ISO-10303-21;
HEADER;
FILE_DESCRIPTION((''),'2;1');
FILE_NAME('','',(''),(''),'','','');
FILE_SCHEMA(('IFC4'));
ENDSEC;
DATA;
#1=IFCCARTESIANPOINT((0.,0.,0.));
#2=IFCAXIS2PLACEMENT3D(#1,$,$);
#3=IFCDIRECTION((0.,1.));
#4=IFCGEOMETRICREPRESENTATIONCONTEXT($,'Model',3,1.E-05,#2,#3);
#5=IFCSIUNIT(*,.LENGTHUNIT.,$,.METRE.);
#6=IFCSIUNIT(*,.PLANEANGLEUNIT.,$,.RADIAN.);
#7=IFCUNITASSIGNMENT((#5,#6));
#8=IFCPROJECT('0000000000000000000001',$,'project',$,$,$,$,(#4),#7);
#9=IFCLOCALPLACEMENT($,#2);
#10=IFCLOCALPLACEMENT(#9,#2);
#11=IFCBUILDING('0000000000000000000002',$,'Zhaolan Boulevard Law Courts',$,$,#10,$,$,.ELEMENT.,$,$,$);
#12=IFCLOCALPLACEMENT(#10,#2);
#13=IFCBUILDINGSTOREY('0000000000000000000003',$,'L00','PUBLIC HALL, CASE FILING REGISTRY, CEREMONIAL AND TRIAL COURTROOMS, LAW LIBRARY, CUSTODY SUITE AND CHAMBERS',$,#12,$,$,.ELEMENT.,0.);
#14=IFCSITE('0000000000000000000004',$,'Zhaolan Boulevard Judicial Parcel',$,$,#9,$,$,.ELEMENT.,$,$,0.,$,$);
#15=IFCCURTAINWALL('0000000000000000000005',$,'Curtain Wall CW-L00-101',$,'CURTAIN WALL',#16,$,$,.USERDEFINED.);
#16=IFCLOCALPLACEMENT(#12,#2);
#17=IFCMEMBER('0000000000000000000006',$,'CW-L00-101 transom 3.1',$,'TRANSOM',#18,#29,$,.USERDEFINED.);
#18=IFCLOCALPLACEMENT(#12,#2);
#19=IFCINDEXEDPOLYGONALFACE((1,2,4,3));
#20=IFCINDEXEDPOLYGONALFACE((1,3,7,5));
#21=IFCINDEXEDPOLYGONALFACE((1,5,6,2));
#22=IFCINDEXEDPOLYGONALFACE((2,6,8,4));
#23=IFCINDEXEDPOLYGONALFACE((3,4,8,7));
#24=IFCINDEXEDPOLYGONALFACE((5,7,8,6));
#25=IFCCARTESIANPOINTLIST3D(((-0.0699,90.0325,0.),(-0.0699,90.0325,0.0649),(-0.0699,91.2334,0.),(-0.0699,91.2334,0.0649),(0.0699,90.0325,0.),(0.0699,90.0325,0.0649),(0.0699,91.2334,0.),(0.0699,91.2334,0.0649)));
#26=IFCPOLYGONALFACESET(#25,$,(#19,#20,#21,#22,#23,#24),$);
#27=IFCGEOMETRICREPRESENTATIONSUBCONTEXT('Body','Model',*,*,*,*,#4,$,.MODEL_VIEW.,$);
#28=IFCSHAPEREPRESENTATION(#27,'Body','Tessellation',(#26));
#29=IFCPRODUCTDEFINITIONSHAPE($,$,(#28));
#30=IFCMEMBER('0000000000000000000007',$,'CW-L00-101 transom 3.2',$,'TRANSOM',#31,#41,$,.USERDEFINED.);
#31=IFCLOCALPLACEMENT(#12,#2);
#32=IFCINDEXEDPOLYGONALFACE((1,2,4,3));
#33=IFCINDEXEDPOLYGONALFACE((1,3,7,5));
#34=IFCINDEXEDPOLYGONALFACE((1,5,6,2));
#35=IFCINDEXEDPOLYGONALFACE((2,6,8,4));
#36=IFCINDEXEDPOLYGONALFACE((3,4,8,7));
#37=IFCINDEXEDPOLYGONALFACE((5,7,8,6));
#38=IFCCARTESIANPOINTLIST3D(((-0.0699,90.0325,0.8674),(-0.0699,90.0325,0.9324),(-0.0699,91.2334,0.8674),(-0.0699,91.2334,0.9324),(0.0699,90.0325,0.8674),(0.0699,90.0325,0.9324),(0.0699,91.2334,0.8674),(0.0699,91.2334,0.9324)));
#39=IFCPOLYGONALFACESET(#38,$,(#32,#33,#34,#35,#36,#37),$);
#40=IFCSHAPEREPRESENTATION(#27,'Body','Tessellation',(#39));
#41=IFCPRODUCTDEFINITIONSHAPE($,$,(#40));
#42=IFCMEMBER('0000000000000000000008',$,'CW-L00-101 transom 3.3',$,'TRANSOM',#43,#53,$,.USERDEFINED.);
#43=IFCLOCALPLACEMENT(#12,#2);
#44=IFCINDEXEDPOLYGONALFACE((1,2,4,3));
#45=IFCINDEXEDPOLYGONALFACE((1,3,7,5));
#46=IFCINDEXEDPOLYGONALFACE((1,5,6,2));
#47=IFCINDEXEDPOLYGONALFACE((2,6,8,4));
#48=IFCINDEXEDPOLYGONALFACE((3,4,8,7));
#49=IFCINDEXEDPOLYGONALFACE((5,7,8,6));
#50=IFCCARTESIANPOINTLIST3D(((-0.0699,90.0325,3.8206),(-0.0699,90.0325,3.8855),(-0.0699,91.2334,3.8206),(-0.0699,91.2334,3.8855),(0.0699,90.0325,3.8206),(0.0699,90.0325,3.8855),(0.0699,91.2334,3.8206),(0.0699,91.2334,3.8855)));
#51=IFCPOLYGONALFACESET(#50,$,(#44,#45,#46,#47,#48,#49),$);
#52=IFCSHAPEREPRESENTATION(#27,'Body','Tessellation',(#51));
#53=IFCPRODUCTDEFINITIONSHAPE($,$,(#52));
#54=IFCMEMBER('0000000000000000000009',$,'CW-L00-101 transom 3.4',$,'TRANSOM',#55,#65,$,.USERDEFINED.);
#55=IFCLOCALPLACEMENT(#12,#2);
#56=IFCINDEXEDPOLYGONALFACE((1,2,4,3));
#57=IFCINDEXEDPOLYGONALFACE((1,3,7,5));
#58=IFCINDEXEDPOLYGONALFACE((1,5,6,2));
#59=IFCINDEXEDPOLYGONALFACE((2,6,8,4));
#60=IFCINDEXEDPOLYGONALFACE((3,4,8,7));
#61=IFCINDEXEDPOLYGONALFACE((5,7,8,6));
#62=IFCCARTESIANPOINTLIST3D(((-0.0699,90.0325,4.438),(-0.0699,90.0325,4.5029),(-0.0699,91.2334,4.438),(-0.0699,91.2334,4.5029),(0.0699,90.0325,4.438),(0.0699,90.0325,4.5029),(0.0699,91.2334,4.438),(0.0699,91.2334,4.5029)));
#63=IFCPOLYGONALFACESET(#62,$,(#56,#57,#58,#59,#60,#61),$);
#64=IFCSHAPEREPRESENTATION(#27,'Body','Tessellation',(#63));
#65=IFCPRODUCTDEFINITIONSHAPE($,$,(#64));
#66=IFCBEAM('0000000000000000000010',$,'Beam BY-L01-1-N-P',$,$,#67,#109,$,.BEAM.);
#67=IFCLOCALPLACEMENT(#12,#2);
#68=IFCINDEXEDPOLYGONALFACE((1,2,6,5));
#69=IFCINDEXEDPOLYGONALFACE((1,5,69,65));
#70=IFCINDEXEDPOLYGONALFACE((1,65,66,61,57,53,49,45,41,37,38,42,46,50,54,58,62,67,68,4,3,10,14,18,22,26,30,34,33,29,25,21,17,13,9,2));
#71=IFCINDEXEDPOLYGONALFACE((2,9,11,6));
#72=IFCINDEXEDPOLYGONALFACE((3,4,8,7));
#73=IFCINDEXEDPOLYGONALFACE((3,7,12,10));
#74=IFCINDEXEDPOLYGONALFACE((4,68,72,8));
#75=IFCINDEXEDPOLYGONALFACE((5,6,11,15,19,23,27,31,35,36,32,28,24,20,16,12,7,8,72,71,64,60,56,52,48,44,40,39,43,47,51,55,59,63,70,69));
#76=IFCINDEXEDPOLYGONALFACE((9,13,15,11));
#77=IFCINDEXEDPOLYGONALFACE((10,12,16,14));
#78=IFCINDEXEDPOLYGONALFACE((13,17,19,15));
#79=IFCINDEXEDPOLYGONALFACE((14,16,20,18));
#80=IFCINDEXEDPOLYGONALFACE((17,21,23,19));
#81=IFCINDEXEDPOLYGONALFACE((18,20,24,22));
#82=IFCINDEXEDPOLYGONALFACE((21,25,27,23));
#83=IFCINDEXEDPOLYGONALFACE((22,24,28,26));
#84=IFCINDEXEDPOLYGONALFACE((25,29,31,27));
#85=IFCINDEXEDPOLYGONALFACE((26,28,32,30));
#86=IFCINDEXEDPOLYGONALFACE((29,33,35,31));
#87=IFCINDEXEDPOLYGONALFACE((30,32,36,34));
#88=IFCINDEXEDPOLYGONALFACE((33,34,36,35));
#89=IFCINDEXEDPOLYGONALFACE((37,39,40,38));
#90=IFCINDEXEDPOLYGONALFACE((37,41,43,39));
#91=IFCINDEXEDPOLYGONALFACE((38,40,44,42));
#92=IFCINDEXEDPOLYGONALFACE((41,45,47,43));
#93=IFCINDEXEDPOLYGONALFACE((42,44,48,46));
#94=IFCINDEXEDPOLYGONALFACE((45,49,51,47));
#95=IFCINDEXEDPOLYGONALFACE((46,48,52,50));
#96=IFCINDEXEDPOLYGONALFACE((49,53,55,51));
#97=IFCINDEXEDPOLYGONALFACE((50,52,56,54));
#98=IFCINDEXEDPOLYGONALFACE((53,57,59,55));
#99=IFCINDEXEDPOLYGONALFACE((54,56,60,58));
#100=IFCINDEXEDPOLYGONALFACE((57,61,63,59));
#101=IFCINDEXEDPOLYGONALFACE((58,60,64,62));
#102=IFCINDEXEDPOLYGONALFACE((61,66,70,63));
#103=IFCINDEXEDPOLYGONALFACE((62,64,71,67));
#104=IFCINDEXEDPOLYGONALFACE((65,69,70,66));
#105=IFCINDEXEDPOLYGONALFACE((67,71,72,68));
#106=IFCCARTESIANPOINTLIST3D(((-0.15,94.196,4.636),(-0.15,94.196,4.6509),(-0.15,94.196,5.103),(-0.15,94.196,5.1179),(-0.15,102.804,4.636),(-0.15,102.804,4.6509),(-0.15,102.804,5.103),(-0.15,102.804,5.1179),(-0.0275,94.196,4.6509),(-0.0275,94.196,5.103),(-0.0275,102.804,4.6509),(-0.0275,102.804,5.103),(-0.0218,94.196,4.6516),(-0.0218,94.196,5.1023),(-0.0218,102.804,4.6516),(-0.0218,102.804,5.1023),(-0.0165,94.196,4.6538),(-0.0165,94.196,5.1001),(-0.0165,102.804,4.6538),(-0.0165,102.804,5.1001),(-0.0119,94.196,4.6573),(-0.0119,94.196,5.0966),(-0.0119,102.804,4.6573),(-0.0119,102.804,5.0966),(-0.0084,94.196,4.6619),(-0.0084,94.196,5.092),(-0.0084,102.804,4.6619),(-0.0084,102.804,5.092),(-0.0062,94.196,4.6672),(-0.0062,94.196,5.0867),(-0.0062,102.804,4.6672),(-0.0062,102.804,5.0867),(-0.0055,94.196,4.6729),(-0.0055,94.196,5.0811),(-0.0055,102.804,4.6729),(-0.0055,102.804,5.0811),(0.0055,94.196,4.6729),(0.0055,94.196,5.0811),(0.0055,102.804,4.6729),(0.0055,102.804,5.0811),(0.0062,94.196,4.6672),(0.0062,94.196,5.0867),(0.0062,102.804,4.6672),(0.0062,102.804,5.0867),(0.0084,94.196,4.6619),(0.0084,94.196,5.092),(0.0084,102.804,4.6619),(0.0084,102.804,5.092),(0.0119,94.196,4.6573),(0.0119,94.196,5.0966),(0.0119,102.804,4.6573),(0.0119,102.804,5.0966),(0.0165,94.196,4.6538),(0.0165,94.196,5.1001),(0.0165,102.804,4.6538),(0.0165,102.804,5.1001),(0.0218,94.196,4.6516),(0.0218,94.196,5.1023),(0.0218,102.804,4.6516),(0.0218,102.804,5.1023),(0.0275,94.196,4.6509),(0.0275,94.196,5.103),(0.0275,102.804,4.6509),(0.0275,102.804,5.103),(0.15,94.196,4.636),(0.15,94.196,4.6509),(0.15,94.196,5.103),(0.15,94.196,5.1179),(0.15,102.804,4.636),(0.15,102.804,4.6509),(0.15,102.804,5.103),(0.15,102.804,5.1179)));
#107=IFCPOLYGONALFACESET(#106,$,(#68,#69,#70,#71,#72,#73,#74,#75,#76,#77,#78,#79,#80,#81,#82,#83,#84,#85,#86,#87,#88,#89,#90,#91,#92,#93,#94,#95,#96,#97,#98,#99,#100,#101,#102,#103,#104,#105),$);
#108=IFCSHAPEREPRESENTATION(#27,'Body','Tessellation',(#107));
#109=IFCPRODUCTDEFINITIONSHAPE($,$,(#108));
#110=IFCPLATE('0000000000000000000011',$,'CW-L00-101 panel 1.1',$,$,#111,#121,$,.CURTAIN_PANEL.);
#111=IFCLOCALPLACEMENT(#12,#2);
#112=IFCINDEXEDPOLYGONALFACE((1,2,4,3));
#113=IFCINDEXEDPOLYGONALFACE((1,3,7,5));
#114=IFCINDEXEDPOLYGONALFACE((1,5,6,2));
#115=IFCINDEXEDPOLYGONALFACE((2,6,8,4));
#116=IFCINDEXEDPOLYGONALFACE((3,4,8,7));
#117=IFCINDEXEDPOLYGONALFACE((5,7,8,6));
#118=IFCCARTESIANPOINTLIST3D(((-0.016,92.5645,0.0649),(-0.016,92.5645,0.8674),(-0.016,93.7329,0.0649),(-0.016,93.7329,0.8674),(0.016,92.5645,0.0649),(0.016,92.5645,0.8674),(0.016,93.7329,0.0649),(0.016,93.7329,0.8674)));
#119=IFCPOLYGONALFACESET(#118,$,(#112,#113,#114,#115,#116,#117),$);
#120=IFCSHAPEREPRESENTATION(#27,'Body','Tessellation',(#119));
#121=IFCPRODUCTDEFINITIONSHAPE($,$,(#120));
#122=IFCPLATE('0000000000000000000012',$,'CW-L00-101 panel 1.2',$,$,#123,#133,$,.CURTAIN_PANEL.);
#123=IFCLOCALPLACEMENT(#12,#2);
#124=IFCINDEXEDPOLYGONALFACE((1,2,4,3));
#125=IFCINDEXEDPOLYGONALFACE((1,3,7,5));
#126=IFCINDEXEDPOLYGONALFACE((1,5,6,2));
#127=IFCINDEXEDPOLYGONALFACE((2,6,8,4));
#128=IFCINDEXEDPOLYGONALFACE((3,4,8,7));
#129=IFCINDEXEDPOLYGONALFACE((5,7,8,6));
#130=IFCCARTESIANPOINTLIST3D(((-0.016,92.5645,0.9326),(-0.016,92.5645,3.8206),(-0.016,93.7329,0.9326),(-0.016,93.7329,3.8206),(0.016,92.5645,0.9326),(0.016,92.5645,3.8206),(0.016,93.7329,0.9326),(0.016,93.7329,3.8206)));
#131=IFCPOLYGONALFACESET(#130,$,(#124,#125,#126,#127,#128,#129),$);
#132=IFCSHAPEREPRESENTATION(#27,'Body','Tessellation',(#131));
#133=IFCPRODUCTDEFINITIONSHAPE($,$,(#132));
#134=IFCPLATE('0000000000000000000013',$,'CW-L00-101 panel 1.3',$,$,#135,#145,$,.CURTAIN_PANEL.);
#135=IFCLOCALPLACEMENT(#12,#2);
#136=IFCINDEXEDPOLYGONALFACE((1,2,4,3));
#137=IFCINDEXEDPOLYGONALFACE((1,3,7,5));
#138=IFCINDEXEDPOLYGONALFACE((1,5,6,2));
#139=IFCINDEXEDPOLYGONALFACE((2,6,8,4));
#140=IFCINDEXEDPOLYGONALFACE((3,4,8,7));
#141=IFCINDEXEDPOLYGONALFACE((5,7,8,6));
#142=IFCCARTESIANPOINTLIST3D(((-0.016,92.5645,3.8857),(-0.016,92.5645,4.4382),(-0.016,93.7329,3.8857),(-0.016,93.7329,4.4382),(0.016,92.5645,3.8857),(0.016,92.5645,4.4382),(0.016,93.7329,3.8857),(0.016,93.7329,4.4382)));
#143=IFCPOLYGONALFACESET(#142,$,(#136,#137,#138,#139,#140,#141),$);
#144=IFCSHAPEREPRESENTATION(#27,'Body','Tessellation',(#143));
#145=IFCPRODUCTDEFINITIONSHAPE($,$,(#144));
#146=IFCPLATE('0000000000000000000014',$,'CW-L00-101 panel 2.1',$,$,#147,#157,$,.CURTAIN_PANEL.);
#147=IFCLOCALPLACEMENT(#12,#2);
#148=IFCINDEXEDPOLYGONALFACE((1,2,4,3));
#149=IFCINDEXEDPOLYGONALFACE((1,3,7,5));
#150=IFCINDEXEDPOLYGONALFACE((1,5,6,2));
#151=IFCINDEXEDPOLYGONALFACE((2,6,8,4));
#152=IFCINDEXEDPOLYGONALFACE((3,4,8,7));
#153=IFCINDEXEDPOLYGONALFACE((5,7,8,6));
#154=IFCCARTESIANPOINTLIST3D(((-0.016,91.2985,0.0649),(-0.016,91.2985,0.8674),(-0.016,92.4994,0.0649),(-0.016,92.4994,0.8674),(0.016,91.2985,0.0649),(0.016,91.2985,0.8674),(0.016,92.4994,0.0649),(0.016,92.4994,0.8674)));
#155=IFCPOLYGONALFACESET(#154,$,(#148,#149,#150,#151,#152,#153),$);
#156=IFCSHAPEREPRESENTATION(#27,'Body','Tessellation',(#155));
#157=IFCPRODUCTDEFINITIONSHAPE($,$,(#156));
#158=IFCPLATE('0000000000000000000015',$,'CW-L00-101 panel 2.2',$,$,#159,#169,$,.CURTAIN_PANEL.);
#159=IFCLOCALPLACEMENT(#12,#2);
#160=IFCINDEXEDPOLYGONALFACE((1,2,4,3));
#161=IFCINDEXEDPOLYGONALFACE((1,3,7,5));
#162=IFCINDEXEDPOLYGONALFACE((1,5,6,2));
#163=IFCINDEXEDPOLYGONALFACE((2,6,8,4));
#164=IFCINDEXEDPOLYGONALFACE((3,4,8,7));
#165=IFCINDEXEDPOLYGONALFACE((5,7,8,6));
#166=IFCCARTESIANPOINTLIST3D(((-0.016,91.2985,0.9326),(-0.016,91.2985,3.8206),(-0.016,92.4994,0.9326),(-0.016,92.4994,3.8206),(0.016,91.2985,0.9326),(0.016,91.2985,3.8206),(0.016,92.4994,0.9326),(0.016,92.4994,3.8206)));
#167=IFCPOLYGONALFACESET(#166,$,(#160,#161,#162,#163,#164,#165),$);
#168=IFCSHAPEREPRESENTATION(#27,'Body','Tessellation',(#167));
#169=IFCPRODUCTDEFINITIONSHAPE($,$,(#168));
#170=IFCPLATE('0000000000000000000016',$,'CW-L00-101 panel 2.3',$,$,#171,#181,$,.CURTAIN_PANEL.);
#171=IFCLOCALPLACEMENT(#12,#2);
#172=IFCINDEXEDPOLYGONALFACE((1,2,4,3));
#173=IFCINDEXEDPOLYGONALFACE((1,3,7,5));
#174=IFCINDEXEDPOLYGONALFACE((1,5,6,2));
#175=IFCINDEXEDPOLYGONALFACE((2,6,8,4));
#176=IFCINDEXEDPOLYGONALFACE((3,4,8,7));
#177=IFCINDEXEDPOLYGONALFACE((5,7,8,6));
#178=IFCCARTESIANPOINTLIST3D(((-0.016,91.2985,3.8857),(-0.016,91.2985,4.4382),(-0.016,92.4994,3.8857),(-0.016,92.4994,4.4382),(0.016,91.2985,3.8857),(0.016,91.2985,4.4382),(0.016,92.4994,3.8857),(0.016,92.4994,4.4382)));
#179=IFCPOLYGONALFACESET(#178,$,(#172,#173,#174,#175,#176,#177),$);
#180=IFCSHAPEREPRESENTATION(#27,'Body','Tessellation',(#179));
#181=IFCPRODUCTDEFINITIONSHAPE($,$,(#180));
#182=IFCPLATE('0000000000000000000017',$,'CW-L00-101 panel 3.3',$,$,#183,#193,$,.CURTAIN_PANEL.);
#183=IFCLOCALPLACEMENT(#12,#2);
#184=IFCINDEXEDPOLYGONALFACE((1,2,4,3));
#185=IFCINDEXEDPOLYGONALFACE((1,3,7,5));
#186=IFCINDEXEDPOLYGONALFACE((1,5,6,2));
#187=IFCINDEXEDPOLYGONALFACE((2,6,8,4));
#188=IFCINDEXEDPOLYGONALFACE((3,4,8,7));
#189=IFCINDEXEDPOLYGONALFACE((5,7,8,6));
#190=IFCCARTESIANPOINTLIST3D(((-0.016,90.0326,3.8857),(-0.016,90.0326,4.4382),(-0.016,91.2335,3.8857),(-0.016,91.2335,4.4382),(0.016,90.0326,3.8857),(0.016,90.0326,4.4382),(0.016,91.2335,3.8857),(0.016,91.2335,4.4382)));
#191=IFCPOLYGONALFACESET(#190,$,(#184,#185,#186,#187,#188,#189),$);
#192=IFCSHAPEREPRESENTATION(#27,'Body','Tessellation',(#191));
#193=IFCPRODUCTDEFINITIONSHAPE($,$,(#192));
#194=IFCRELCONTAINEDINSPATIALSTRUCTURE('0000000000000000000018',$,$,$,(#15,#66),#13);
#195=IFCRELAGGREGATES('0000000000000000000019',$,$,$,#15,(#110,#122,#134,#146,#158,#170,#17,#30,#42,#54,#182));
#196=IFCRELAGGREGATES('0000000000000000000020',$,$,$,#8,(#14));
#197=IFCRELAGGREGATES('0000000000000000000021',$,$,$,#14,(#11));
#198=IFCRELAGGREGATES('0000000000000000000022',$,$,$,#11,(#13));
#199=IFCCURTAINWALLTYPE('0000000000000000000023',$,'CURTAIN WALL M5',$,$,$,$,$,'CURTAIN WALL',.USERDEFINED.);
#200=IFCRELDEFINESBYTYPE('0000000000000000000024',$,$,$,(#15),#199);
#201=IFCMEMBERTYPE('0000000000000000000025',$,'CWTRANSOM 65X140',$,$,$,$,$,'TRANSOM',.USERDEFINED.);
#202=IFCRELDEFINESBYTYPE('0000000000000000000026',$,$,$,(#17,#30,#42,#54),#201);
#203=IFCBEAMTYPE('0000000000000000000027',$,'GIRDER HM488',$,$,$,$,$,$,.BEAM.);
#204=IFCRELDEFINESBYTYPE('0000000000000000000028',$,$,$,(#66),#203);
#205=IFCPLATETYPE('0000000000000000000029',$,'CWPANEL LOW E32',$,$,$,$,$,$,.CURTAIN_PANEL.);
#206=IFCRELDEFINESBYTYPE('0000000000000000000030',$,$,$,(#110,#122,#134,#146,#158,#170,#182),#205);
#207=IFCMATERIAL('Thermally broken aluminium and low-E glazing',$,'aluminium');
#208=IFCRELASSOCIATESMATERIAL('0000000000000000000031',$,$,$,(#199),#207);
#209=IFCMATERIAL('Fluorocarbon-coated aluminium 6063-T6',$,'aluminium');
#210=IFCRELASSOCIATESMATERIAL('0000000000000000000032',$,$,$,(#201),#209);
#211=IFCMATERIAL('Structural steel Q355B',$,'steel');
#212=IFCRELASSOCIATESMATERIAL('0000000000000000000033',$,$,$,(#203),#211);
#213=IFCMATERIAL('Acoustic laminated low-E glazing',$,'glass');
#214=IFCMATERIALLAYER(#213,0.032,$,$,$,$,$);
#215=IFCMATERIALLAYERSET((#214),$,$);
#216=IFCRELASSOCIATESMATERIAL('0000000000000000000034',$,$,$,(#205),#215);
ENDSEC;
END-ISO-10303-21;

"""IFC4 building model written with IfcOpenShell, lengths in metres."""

from ifc_helpers import new_model, si_unit, direction, frame, origin, origin_2d, place, context, subcontext, project, spatial, rectangle, i_section, extrude, material, layer, layer_set, material_profile, profile_set, type_object, element, aggregate, save


model = new_model("IFC4")

# Units and contexts
model_context = context("Model", 3, precision=1e-05, world=origin(), true_north=direction((0.0, 1.0)))
body_context = subcontext(model_context, "Body", "Model", "MODEL_VIEW")
ifc_project = project(units=[si_unit("LENGTHUNIT", "METRE"), si_unit("PLANEANGLEUNIT", "RADIAN")], contexts=[model_context])

# Site, building, storey
site_placement = place(None, origin())
site = spatial("IfcSite", under=ifc_project, at=site_placement, Name="Zhaolan Boulevard Judicial Parcel", CompositionType="ELEMENT", RefElevation=0.0)
building_placement = place(site_placement, origin())
building = spatial("IfcBuilding", under=site, at=building_placement, Name="Zhaolan Boulevard Law Courts", CompositionType="ELEMENT")
storey_placement = place(building_placement, origin())
storey = spatial("IfcBuildingStorey", under=building, at=storey_placement, Name="L00", Description="PUBLIC HALL, CASE FILING REGISTRY, CEREMONIAL AND TRIAL COURTROOMS, LAW LIBRARY, CUSTODY SUITE AND CHAMBERS", CompositionType="ELEMENT", Elevation=0.0)

# Curtain wall, members
ifc_material_1 = material(Name="Thermally broken aluminium and low-E glazing", Category="aluminium")
curtain_wall_type = type_object("IfcCurtainWallType", Name="CURTAIN WALL M5", ElementType="CURTAIN WALL", PredefinedType="USERDEFINED", material=ifc_material_1)
curtain_wall_placement = place(storey_placement, origin())
curtain_wall = element("IfcCurtainWall", 1, at=curtain_wall_placement, inside=storey, type_object=curtain_wall_type, Name="Curtain Wall CW-L00-101", ObjectType="CURTAIN WALL", PredefinedType="USERDEFINED")
ifc_material_2 = material(Name="Fluorocarbon-coated aluminium 6063-T6", Category="aluminium")
ifc_material_profile_1 = material_profile(ifc_material_2, rectangle(XDim=0.1399, YDim=0.0649, at=origin_2d()), Name="AL65x140")
ifc_profile_set_1 = profile_set([ifc_material_profile_1], Name="Fluorocarbon-coated aluminium 6063-T6")
member_type_1 = type_object("IfcMemberType", Name="CWTRANSOM 65X140", ElementType="TRANSOM", PredefinedType="USERDEFINED", material=ifc_profile_set_1)
member_1_placement = place(storey_placement, frame((0.0, 91.2334, 0.0325), z_axis=(0.0, -1.0, 0.0), x_axis=(1.0, 0.0, 0.0)))
member_1 = element("IfcMember", 2, at=member_1_placement, type_object=member_type_1, Name="CW-L00-101 transom 3.1", ObjectType="TRANSOM", PredefinedType="USERDEFINED", context=body_context, shape_type="SweptSolid", body=[
    extrude(rectangle(XDim=0.1399, YDim=0.0649, at=origin_2d()), origin(), (0.0, 0.0, 1.0), 1.2009),
])
member_2_placement = place(storey_placement, frame((0.0, 91.2334, 0.8999), z_axis=(0.0, -1.0, 0.0), x_axis=(1.0, 0.0, 0.0)))
member_2 = element("IfcMember", 3, at=member_2_placement, type_object=member_type_1, Name="CW-L00-101 transom 3.2", ObjectType="TRANSOM", PredefinedType="USERDEFINED", context=body_context, shape_type="SweptSolid", body=[
    extrude(rectangle(XDim=0.1399, YDim=0.0649, at=origin_2d()), origin(), (0.0, 0.0, 1.0), 1.2009),
])
member_3_placement = place(storey_placement, frame((0.0, 91.2334, 3.853), z_axis=(0.0, -1.0, 0.0), x_axis=(1.0, 0.0, 0.0)))
member_3 = element("IfcMember", 4, at=member_3_placement, type_object=member_type_1, Name="CW-L00-101 transom 3.3", ObjectType="TRANSOM", PredefinedType="USERDEFINED", context=body_context, shape_type="SweptSolid", body=[
    extrude(rectangle(XDim=0.1399, YDim=0.0649, at=origin_2d()), origin(), (0.0, 0.0, 1.0), 1.2009),
])
member_4_placement = place(storey_placement, frame((0.0, 91.2334, 4.4705), z_axis=(0.0, -1.0, 0.0), x_axis=(1.0, 0.0, 0.0)))
member_4 = element("IfcMember", 5, at=member_4_placement, type_object=member_type_1, Name="CW-L00-101 transom 3.4", ObjectType="TRANSOM", PredefinedType="USERDEFINED", context=body_context, shape_type="SweptSolid", body=[
    extrude(rectangle(XDim=0.1399, YDim=0.0649, at=origin_2d()), origin(), (0.0, 0.0, 1.0), 1.2009),
])

# Beam
ifc_material_3 = material(Name="Structural steel Q355B", Category="steel")
ifc_material_profile_2 = material_profile(ifc_material_3, i_section(OverallWidth=0.3, OverallDepth=0.4819, WebThickness=0.011, FlangeThickness=0.0149, FilletRadius=0.022, at=origin_2d()), Name="HM482x300")
ifc_profile_set_2 = profile_set([ifc_material_profile_2], Name="Structural steel Q355B")
beam_type = type_object("IfcBeamType", Name="GIRDER HM488", PredefinedType="BEAM", material=ifc_profile_set_2)
beam_placement = place(storey_placement, frame((0.0, 94.196, 4.877), z_axis=(0.0, 1.0, 0.0), x_axis=(-1.0, 0.0, 0.0)))
element("IfcBeam", 6, at=beam_placement, inside=storey, type_object=beam_type, Name="Beam BY-L01-1-N-P", PredefinedType="BEAM", context=body_context, shape_type="SweptSolid", body=[
    extrude(i_section(OverallWidth=0.3, OverallDepth=0.4819, WebThickness=0.011, FlangeThickness=0.0149, FilletRadius=0.022, at=origin_2d()), origin(), (0.0, 0.0, 1.0), 8.6079),
])

# Plates
ifc_material_4 = material(Name="Acoustic laminated low-E glazing", Category="glass")
ifc_layer = layer(ifc_material_4, 0.032)
ifc_layer_set = layer_set([ifc_layer])
plate_type = type_object("IfcPlateType", Name="CWPANEL LOW E32", PredefinedType="CURTAIN_PANEL", material=ifc_layer_set)
plate_1_placement = place(storey_placement, frame((0.0, 93.1487, 0.0649), z_axis=(0.0, 0.0, 1.0), x_axis=(0.0, -1.0, 0.0)))
plate_1 = element("IfcPlate", 7, at=plate_1_placement, type_object=plate_type, Name="CW-L00-101 panel 1.1", PredefinedType="CURTAIN_PANEL", context=body_context, shape_type="SweptSolid", body=[
    extrude(rectangle(XDim=1.1685, YDim=0.032, at=origin_2d()), origin(), (0.0, 0.0, 1.0), 0.8025),
])
plate_2_placement = place(storey_placement, frame((0.0, 93.1487, 0.9326), z_axis=(0.0, 0.0, 1.0), x_axis=(0.0, -1.0, 0.0)))
plate_2 = element("IfcPlate", 8, at=plate_2_placement, type_object=plate_type, Name="CW-L00-101 panel 1.2", PredefinedType="CURTAIN_PANEL", context=body_context, shape_type="SweptSolid", body=[
    extrude(rectangle(XDim=1.1685, YDim=0.032, at=origin_2d()), origin(), (0.0, 0.0, 1.0), 2.8879),
])
plate_3_placement = place(storey_placement, frame((0.0, 93.1487, 3.8857), z_axis=(0.0, 0.0, 1.0), x_axis=(0.0, -1.0, 0.0)))
plate_3 = element("IfcPlate", 9, at=plate_3_placement, type_object=plate_type, Name="CW-L00-101 panel 1.3", PredefinedType="CURTAIN_PANEL", context=body_context, shape_type="SweptSolid", body=[
    extrude(rectangle(XDim=1.1685, YDim=0.032, at=origin_2d()), origin(), (0.0, 0.0, 1.0), 0.5525),
])
plate_4_placement = place(storey_placement, frame((0.0, 91.8989, 0.0649), z_axis=(0.0, 0.0, 1.0), x_axis=(0.0, -1.0, 0.0)))
plate_4 = element("IfcPlate", 10, at=plate_4_placement, type_object=plate_type, Name="CW-L00-101 panel 2.1", PredefinedType="CURTAIN_PANEL", context=body_context, shape_type="SweptSolid", body=[
    extrude(rectangle(XDim=1.2009, YDim=0.032, at=origin_2d()), origin(), (0.0, 0.0, 1.0), 0.8025),
])
plate_5_placement = place(storey_placement, frame((0.0, 91.8989, 0.9326), z_axis=(0.0, 0.0, 1.0), x_axis=(0.0, -1.0, 0.0)))
plate_5 = element("IfcPlate", 11, at=plate_5_placement, type_object=plate_type, Name="CW-L00-101 panel 2.2", PredefinedType="CURTAIN_PANEL", context=body_context, shape_type="SweptSolid", body=[
    extrude(rectangle(XDim=1.2009, YDim=0.032, at=origin_2d()), origin(), (0.0, 0.0, 1.0), 2.8879),
])
plate_6_placement = place(storey_placement, frame((0.0, 91.8989, 3.8857), z_axis=(0.0, 0.0, 1.0), x_axis=(0.0, -1.0, 0.0)))
plate_6 = element("IfcPlate", 12, at=plate_6_placement, type_object=plate_type, Name="CW-L00-101 panel 2.3", PredefinedType="CURTAIN_PANEL", context=body_context, shape_type="SweptSolid", body=[
    extrude(rectangle(XDim=1.2009, YDim=0.032, at=origin_2d()), origin(), (0.0, 0.0, 1.0), 0.5525),
])
plate_7_placement = place(storey_placement, frame((0.0, 90.6331, 3.8857), z_axis=(0.0, 0.0, 1.0), x_axis=(0.0, -1.0, 0.0)))
plate_7 = element("IfcPlate", 13, at=plate_7_placement, type_object=plate_type, Name="CW-L00-101 panel 3.3", PredefinedType="CURTAIN_PANEL", context=body_context, shape_type="SweptSolid", body=[
    extrude(rectangle(XDim=1.2009, YDim=0.032, at=origin_2d()), origin(), (0.0, 0.0, 1.0), 0.5525),
])
aggregate(curtain_wall, [plate_1, plate_2, plate_3, plate_4, plate_5, plate_6, member_1, member_2, member_3, member_4, plate_7])

save(model, "model.ifc")
